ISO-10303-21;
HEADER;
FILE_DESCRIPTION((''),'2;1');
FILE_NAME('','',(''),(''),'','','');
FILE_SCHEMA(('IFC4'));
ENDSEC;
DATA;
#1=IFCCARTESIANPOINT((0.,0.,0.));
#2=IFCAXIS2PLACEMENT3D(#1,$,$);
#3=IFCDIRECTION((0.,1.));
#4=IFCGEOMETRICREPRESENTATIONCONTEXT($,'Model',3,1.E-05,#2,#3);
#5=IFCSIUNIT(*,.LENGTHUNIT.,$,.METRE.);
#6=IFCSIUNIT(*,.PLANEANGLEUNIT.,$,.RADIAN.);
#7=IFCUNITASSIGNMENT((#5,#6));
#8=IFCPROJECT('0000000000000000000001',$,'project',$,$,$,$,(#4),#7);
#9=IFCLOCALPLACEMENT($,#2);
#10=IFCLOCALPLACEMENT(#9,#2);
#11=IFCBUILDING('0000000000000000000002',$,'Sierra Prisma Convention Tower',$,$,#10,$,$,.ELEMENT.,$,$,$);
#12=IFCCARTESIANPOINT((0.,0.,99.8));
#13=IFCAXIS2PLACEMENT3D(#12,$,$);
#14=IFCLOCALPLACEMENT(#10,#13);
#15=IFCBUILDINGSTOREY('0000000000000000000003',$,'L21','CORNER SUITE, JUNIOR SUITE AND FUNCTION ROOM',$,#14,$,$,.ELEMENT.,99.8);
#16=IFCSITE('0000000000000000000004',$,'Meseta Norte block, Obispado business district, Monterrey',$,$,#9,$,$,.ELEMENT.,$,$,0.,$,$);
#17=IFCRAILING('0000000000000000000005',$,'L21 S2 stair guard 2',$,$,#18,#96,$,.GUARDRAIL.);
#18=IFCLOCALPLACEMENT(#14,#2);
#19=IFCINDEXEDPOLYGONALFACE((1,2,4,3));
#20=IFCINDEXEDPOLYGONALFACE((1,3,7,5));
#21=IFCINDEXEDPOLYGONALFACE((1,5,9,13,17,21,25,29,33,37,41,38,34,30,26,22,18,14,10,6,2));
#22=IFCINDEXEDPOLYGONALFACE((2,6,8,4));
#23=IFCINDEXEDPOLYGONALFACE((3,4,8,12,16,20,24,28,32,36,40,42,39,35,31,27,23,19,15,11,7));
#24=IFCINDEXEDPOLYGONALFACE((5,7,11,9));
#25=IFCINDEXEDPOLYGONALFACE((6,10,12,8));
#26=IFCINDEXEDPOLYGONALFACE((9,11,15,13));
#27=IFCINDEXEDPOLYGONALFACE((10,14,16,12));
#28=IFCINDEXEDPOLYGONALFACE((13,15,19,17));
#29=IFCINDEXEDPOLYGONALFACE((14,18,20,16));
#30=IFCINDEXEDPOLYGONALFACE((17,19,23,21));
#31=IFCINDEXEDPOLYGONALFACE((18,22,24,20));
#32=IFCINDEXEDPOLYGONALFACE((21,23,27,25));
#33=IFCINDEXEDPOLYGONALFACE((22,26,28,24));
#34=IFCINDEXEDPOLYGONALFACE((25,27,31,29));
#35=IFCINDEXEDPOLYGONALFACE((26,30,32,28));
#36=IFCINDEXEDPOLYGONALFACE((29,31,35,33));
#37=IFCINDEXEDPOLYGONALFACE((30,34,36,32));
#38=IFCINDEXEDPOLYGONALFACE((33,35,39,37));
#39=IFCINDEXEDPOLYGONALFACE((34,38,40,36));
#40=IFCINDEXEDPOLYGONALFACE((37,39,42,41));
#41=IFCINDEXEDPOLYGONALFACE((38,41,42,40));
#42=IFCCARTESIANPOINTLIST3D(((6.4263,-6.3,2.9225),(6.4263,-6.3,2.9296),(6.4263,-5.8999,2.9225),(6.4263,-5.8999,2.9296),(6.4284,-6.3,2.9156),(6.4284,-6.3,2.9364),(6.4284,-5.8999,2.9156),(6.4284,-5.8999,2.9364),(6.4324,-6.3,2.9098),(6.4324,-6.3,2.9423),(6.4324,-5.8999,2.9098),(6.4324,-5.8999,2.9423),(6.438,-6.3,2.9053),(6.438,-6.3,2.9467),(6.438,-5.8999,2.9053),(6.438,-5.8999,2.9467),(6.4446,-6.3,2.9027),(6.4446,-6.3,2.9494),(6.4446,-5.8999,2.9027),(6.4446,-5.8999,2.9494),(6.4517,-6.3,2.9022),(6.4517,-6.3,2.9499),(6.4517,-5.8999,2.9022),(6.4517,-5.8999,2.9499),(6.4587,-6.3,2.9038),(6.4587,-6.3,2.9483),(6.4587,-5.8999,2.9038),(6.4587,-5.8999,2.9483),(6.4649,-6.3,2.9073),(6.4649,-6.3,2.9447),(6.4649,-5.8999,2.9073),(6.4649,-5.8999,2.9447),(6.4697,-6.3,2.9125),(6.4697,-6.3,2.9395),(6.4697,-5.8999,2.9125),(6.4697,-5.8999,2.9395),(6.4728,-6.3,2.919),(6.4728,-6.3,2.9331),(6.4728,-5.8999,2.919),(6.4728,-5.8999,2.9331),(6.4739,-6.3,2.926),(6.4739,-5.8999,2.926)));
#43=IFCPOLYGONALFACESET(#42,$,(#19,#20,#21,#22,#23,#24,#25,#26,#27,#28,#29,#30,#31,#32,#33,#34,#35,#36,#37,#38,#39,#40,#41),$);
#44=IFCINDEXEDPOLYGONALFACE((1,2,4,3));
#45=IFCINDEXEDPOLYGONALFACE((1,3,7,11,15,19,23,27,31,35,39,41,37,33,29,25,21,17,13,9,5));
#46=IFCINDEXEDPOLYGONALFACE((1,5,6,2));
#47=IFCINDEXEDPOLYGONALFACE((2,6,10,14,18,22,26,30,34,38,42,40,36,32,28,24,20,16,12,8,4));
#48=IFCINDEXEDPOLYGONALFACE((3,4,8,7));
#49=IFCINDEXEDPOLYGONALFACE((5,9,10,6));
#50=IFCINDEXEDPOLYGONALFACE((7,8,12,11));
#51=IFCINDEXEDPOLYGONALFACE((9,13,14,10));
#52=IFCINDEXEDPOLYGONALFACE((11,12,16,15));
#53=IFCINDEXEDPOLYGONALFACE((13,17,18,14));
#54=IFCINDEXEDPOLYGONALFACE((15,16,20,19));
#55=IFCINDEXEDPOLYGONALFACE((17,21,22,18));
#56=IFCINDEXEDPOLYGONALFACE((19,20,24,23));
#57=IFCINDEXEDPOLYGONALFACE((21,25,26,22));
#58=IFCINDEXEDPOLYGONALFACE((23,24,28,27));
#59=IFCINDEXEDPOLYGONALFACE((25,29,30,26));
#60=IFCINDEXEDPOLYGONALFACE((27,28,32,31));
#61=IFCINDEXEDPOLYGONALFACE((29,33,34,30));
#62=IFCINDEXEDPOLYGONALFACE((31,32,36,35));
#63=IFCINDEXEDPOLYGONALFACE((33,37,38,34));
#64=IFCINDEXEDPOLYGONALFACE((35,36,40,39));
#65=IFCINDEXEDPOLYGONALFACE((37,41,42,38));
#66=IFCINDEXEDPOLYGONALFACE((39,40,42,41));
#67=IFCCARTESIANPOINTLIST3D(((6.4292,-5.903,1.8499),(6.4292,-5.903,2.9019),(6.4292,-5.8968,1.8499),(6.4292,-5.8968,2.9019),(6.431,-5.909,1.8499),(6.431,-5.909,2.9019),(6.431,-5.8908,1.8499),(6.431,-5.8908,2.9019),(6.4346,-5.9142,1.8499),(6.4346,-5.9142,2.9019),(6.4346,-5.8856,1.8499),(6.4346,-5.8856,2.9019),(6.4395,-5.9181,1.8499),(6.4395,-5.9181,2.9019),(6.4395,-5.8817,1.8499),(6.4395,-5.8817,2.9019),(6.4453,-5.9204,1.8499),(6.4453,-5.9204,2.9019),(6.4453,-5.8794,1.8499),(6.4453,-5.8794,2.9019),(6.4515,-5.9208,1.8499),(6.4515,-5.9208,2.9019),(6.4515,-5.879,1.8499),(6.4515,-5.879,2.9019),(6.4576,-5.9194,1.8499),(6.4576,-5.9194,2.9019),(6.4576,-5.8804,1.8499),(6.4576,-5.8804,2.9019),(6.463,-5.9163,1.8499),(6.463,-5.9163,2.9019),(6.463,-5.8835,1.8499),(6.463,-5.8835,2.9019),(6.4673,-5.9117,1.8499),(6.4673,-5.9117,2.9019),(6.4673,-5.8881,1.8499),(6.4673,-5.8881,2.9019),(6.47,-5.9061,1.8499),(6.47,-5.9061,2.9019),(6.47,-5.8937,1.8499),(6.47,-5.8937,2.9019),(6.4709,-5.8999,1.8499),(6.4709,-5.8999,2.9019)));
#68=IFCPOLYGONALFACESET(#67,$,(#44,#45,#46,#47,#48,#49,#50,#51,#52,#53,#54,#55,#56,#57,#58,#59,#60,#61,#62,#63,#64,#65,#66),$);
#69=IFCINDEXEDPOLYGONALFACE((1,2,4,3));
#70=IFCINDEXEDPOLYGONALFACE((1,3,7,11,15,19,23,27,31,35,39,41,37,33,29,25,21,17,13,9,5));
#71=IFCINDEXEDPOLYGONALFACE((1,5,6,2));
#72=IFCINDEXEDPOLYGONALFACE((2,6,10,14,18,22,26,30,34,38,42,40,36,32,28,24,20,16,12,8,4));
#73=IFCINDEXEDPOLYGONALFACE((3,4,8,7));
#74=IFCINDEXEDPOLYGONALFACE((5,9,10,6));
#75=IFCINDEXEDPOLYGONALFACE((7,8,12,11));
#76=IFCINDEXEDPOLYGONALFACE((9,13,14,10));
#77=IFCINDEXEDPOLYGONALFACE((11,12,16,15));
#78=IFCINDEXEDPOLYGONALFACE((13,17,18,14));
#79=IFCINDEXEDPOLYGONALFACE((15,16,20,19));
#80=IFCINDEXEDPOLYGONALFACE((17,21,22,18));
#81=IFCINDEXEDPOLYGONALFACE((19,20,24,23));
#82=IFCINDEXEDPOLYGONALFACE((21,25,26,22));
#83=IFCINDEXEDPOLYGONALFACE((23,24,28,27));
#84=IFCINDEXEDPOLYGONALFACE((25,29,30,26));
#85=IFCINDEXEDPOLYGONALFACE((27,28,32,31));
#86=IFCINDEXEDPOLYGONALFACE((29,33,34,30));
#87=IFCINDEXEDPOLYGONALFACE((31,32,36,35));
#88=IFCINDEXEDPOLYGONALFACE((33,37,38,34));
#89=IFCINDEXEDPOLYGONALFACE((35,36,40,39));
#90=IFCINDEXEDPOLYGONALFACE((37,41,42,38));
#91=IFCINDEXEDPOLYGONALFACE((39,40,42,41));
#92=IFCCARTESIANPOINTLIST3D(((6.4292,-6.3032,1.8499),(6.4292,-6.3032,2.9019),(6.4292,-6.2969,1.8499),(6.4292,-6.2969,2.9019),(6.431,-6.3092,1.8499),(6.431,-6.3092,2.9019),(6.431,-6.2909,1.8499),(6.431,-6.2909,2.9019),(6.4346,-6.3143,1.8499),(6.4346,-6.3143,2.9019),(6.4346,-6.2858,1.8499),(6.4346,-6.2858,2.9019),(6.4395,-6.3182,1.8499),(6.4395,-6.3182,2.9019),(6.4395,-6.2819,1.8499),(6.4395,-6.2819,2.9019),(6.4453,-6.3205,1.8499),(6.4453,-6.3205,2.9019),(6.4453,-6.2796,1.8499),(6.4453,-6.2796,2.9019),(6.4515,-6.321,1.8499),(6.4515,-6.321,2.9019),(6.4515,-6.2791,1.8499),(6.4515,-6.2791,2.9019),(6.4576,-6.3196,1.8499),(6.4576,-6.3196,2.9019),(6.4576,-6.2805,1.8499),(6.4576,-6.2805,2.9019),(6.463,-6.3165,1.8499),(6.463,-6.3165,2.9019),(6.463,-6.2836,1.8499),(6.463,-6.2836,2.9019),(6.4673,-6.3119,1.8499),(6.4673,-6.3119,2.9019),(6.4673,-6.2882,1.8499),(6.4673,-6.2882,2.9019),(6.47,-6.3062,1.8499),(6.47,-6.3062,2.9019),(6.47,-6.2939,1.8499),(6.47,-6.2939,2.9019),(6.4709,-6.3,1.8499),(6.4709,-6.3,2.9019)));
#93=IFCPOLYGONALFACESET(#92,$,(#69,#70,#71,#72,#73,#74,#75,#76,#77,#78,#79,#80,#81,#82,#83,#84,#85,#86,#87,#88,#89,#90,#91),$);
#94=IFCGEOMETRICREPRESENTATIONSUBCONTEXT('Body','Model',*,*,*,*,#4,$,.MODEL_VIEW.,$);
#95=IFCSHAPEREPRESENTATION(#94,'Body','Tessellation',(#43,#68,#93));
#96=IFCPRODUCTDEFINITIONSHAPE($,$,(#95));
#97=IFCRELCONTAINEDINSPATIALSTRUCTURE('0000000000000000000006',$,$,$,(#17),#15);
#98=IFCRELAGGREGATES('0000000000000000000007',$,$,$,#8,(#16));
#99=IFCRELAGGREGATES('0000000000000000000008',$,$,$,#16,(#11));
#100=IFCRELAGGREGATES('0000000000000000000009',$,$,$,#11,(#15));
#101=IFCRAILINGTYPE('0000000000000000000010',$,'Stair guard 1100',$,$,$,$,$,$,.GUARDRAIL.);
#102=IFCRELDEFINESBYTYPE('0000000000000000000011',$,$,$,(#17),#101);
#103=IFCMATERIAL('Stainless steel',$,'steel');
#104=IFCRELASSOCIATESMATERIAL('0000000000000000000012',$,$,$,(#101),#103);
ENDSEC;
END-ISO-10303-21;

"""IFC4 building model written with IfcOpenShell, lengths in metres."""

from ifc_helpers import new_model, si_unit, direction, frame, origin, origin_2d, place, context, subcontext, project, spatial, circle, extrude, material, type_object, element, save


model = new_model("IFC4")

# Units and contexts
model_context = context("Model", 3, precision=1e-05, world=origin(), true_north=direction((0.0, 1.0)))
body_context = subcontext(model_context, "Body", "Model", "MODEL_VIEW")
ifc_project = project(units=[si_unit("LENGTHUNIT", "METRE"), si_unit("PLANEANGLEUNIT", "RADIAN")], contexts=[model_context])

# Site, building, storey
site_placement = place(None, origin())
site = spatial("IfcSite", under=ifc_project, at=site_placement, Name="Meseta Norte block, Obispado business district, Monterrey", CompositionType="ELEMENT", RefElevation=0.0)
building_placement = place(site_placement, origin())
building = spatial("IfcBuilding", under=site, at=building_placement, Name="Sierra Prisma Convention Tower", CompositionType="ELEMENT")
storey_placement = place(building_placement, frame((0.0, 0.0, 99.8)))
storey = spatial("IfcBuildingStorey", under=building, at=storey_placement, Name="L21", Description="CORNER SUITE, JUNIOR SUITE AND FUNCTION ROOM", CompositionType="ELEMENT", Elevation=99.8)

# Railing
ifc_material_1 = material(Name="Stainless steel", Category="steel")
railing_type_1 = type_object("IfcRailingType", Name="Stair guard 1100", PredefinedType="GUARDRAIL", material=ifc_material_1)
railing_1_placement = place(storey_placement, frame((6.45, -5.8999, 1.8499)))
element("IfcRailing", 1, at=railing_1_placement, inside=storey, type_object=railing_type_1, Name="L21 S2 stair guard 2", PredefinedType="GUARDRAIL", context=body_context, shape_type="SweptSolid", body=[
    extrude(circle(Radius=0.0239, at=origin_2d()), frame((0.0, 0.0, 1.0762), z_axis=(0.0, -1.0, 0.0), x_axis=(1.0, 0.0, 0.0)), (0.0, 0.0, 1.0), 0.4001),
    extrude(circle(Radius=0.021, at=origin_2d()), origin(), (0.0, 0.0, 1.0), 1.052),
    extrude(circle(Radius=0.021, at=origin_2d()), frame((0.0, -0.4001, 0.0)), (0.0, 0.0, 1.0), 1.052),
])

save(model, "model.ifc")
